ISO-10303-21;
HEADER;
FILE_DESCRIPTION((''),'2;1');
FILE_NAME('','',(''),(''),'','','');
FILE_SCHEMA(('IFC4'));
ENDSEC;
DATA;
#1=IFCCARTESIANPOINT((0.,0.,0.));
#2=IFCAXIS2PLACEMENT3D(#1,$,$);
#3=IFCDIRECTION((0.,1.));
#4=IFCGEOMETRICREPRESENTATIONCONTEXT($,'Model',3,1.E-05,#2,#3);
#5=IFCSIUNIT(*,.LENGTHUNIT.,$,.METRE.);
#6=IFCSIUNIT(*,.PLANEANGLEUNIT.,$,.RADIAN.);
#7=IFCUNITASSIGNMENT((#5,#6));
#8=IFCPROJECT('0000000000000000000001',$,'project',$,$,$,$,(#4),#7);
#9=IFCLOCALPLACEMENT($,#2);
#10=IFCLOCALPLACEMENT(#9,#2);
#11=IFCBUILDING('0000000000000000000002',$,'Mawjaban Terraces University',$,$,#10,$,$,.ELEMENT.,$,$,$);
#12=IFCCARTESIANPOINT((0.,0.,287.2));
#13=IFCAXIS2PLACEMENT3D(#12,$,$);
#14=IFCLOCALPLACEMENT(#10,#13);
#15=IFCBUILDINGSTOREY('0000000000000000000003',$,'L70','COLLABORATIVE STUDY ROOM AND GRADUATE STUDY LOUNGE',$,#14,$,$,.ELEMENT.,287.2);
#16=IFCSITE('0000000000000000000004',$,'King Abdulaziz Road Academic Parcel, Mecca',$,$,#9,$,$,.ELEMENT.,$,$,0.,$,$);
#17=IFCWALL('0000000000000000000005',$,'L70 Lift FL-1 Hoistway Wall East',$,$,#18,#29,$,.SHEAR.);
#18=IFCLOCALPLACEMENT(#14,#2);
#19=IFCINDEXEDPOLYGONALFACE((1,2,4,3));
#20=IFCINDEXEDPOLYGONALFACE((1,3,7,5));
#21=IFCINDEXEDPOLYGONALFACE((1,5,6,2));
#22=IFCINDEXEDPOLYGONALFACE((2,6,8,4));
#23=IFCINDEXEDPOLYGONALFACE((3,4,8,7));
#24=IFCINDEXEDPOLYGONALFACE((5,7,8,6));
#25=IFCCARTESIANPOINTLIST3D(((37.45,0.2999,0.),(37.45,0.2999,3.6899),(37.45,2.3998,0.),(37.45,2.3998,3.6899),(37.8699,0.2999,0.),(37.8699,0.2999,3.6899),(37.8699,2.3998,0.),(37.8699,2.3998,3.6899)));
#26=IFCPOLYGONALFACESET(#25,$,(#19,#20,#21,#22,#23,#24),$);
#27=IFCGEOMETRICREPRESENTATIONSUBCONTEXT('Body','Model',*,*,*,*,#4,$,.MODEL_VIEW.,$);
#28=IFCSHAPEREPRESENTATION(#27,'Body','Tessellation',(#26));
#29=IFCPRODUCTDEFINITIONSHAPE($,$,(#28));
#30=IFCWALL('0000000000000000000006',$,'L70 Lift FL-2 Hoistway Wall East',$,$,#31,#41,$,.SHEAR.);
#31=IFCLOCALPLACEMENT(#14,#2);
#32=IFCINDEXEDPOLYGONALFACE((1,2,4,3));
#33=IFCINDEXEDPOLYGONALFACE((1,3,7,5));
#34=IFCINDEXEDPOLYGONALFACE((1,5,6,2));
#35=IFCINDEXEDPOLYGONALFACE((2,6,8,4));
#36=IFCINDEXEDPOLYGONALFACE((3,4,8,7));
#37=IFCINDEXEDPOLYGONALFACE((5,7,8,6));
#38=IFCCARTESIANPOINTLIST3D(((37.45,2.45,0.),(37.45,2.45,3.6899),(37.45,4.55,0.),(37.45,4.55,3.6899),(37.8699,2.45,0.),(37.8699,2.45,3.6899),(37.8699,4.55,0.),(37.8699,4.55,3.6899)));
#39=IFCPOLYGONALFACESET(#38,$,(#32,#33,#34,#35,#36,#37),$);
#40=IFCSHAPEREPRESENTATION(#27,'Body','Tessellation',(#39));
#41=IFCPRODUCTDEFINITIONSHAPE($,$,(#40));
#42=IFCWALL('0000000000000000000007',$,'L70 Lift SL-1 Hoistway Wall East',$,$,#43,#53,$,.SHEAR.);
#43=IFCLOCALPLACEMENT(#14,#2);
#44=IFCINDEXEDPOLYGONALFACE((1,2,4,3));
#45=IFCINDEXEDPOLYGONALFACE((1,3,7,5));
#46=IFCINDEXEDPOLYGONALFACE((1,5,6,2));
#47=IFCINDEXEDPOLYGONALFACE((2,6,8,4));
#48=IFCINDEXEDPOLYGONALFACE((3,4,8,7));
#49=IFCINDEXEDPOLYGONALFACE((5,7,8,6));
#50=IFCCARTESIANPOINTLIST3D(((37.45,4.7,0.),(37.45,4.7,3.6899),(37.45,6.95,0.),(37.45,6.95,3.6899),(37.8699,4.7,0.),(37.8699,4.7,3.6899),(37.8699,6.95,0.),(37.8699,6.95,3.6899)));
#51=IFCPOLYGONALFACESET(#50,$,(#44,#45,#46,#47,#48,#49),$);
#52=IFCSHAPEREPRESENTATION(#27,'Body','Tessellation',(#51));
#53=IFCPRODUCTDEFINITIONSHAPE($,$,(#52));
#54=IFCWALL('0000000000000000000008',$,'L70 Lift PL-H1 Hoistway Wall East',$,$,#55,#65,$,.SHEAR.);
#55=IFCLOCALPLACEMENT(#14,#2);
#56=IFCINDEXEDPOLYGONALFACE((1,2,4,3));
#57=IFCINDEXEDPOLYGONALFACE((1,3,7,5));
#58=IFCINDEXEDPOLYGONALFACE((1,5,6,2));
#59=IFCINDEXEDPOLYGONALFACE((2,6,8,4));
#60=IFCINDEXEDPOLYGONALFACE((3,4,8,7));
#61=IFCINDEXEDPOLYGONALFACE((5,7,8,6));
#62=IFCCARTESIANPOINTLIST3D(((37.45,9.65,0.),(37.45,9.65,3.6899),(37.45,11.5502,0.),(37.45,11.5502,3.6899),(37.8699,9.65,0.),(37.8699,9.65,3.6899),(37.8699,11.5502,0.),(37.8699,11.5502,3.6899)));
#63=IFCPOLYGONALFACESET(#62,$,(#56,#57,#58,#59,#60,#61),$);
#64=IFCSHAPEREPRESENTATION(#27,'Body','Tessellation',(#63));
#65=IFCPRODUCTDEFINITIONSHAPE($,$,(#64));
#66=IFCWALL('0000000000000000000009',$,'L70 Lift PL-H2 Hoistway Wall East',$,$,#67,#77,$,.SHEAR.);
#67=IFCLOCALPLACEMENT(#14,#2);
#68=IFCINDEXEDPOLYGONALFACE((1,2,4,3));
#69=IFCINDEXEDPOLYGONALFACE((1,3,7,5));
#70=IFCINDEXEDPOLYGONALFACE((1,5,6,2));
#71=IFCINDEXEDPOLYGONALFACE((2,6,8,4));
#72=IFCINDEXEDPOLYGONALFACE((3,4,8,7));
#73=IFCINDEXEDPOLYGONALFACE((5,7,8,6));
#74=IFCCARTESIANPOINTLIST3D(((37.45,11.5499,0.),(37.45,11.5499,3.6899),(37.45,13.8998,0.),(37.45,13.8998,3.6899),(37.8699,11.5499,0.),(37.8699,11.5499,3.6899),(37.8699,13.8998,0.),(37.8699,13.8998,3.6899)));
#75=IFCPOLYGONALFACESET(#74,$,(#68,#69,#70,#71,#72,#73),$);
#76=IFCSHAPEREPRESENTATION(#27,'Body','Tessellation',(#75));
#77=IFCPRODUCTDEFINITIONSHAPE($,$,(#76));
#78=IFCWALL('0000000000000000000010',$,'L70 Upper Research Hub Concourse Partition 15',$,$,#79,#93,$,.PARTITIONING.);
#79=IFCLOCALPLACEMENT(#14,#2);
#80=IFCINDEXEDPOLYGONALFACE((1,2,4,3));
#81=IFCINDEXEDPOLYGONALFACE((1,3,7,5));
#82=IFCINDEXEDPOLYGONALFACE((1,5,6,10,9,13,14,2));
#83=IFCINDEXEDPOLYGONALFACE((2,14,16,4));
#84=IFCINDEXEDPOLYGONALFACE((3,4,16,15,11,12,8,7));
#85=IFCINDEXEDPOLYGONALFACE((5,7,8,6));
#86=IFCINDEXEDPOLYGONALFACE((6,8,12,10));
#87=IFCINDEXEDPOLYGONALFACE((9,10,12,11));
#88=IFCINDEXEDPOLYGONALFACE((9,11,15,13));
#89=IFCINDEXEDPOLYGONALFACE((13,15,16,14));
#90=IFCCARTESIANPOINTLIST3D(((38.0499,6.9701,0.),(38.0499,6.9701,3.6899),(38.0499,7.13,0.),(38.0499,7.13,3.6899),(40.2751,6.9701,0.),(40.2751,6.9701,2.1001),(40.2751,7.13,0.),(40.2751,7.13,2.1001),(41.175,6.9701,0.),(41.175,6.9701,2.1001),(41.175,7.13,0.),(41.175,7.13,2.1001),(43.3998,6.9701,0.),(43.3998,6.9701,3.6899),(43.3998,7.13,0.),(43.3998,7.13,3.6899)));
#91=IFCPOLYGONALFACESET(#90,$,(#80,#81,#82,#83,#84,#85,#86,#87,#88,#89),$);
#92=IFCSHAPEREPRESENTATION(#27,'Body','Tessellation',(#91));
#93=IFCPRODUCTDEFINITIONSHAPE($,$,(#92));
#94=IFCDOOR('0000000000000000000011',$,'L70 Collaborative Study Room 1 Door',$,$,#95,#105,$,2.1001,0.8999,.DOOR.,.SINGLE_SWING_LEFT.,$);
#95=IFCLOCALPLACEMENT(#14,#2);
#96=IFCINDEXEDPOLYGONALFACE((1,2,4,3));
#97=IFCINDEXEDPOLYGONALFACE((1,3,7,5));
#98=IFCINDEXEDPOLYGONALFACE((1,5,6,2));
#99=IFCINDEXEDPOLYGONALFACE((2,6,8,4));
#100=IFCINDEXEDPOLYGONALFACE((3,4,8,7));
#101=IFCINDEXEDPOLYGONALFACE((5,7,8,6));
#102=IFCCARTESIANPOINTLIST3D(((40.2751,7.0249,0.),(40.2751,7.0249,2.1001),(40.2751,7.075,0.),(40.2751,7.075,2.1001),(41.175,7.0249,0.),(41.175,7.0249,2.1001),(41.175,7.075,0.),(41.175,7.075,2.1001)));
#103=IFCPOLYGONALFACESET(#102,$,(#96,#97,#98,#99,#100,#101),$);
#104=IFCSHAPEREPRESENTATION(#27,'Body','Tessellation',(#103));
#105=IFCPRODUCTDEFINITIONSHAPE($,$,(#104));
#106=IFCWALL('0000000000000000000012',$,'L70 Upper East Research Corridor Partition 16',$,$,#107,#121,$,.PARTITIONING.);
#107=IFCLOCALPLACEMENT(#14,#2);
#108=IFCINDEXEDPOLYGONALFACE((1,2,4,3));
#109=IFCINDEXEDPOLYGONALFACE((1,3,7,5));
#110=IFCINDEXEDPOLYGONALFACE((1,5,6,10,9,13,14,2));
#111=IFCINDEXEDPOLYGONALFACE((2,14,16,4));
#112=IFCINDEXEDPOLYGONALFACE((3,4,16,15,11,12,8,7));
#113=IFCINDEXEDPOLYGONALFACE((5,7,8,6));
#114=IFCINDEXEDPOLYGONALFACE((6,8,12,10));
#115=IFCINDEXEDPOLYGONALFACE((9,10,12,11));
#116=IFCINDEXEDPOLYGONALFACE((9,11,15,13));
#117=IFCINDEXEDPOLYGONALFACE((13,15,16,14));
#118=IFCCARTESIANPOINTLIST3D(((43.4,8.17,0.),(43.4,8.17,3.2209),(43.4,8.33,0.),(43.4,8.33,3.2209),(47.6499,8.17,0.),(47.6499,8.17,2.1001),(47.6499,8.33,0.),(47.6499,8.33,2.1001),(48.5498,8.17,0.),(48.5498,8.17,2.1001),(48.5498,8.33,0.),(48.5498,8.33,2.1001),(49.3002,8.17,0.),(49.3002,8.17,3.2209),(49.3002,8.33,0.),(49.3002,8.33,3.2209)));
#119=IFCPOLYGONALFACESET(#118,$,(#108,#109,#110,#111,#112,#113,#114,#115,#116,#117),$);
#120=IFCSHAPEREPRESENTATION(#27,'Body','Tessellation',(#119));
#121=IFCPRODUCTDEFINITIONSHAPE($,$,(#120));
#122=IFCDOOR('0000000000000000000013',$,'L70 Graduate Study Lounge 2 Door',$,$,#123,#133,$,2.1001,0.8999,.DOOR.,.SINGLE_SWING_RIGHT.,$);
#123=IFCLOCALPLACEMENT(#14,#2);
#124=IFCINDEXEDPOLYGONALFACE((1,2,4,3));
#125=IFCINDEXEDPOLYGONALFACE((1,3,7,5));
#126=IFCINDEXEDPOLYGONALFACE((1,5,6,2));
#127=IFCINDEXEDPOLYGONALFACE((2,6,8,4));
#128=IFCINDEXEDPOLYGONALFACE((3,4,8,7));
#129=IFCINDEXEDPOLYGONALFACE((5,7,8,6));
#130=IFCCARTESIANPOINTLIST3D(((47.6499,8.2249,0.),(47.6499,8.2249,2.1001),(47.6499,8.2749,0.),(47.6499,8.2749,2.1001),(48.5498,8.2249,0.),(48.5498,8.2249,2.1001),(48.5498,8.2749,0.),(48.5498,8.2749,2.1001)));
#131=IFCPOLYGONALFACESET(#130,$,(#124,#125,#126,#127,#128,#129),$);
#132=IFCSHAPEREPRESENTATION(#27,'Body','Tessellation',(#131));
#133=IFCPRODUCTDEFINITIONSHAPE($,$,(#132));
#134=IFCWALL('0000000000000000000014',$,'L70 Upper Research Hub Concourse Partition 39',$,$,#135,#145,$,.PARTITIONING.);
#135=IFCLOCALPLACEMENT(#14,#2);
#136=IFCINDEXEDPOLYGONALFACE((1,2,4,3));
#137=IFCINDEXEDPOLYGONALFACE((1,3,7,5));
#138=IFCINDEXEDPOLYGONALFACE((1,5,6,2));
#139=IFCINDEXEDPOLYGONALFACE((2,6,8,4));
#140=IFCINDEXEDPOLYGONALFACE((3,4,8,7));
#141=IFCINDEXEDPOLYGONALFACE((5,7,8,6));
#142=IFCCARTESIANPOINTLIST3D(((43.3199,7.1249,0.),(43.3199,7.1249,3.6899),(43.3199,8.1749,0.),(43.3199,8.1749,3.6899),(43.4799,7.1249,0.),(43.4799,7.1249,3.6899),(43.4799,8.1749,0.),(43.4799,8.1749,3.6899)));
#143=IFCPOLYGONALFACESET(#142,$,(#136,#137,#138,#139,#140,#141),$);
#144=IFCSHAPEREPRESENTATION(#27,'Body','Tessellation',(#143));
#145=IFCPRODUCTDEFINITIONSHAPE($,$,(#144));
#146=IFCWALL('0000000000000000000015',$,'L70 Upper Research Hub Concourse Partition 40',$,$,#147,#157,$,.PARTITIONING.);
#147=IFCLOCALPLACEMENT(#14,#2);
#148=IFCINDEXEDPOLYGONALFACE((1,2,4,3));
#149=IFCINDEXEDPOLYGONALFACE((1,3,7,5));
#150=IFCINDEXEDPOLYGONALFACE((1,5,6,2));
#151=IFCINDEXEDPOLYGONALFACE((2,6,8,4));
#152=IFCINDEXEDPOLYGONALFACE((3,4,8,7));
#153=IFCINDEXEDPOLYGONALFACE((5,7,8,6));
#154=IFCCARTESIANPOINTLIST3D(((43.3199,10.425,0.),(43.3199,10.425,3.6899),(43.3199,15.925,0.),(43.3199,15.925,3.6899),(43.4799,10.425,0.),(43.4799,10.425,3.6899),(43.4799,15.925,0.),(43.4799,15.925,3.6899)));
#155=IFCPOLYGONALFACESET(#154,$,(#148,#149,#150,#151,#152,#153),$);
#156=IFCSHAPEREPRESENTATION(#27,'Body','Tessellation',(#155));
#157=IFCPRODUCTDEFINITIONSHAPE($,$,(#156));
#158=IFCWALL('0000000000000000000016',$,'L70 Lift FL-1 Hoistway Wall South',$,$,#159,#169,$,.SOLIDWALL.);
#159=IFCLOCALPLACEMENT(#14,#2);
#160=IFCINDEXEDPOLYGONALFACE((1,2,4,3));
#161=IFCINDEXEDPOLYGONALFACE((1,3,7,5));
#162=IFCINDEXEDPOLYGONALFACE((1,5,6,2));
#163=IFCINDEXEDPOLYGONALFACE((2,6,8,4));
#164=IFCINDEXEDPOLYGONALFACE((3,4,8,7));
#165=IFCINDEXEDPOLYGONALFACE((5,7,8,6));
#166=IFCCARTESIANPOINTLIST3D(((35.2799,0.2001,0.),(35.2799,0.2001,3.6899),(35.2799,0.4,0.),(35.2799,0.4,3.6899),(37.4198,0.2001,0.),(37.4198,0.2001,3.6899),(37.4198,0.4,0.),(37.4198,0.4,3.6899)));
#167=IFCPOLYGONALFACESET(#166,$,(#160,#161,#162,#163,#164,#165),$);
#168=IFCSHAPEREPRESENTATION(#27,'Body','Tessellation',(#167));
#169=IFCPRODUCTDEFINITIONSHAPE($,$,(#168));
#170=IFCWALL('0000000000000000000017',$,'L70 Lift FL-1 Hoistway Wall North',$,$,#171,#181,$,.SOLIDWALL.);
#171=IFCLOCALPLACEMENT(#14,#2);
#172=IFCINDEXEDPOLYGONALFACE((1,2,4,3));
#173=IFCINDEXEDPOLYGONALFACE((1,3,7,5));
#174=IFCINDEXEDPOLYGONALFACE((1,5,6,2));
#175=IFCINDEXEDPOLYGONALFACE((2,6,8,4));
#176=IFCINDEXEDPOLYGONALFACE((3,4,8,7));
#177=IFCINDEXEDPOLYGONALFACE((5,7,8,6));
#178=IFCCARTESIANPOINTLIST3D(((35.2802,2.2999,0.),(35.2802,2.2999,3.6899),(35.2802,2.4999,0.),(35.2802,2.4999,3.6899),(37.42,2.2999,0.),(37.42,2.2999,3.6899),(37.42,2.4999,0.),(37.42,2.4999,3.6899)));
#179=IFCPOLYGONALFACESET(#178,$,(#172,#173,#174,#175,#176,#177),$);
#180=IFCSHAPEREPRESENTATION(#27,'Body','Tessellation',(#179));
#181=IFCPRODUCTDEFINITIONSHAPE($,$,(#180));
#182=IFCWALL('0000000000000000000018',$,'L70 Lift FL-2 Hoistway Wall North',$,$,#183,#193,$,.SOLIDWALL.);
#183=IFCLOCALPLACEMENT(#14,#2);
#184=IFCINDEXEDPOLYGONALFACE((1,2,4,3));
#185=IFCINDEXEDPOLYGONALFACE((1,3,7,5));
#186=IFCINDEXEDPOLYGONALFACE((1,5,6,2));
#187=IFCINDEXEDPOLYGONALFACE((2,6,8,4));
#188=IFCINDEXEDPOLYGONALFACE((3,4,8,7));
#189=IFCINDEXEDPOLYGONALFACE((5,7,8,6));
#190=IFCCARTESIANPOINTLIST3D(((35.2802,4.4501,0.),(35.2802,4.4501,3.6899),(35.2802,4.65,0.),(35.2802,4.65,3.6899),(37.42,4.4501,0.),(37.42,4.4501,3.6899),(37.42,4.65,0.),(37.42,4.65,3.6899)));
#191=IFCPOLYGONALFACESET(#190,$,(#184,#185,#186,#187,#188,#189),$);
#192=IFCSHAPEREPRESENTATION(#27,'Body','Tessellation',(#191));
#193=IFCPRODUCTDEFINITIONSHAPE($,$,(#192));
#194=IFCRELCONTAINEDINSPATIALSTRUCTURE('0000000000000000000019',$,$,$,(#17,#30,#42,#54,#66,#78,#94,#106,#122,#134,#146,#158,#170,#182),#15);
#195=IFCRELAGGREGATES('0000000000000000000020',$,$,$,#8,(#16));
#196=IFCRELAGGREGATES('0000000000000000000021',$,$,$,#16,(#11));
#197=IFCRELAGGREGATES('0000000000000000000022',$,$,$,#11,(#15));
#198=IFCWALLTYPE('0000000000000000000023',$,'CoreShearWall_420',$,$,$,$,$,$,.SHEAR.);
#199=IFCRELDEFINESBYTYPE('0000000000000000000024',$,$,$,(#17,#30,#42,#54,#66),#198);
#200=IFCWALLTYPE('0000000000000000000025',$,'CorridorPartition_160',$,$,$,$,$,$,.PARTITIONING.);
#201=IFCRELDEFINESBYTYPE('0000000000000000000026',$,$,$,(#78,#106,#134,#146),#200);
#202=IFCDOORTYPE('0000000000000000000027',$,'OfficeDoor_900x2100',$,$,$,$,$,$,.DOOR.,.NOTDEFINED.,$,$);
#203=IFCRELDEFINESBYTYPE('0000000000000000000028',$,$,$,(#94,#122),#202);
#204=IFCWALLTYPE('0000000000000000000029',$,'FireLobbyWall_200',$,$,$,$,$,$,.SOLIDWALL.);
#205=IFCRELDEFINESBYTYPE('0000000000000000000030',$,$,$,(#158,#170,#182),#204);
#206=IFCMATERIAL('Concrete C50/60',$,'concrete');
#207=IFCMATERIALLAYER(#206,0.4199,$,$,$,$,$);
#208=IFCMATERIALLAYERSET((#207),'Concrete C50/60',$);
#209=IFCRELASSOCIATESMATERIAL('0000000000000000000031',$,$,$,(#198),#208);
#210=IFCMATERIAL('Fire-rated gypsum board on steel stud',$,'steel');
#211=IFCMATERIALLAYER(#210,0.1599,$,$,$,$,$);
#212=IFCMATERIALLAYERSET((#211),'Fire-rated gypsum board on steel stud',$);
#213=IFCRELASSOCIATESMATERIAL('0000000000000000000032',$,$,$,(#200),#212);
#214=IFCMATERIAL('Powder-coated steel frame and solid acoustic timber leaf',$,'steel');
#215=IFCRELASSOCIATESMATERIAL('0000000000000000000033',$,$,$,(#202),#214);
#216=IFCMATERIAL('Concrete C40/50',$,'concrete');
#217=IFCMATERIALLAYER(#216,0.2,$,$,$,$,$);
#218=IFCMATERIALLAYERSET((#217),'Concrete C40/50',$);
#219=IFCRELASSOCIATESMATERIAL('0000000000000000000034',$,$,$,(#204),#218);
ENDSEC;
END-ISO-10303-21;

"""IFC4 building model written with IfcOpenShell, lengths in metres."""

from ifc_helpers import new_model, si_unit, direction, frame, frame_2d, origin, place, context, subcontext, project, spatial, rectangle, extrude, material, layer, layer_set, type_object, element, fill, save


model = new_model("IFC4")

# Units and contexts
model_context = context("Model", 3, precision=1e-05, world=origin(), true_north=direction((0.0, 1.0)))
body_context = subcontext(model_context, "Body", "Model", "MODEL_VIEW")
ifc_project = project(units=[si_unit("LENGTHUNIT", "METRE"), si_unit("PLANEANGLEUNIT", "RADIAN")], contexts=[model_context])

# Site, building, storey
site_placement = place(None, origin())
site = spatial("IfcSite", under=ifc_project, at=site_placement, Name="King Abdulaziz Road Academic Parcel, Mecca", CompositionType="ELEMENT", RefElevation=0.0)
building_placement = place(site_placement, origin())
building = spatial("IfcBuilding", under=site, at=building_placement, Name="Mawjaban Terraces University", CompositionType="ELEMENT")
storey_placement = place(building_placement, frame((0.0, 0.0, 287.2)))
storey = spatial("IfcBuildingStorey", under=building, at=storey_placement, Name="L70", Description="COLLABORATIVE STUDY ROOM AND GRADUATE STUDY LOUNGE", CompositionType="ELEMENT", Elevation=287.2)

# Shared definitions
ifc_material_1 = material(Name="Concrete C50/60", Category="concrete")

# Walls
ifc_layer_1 = layer(ifc_material_1, 0.4199)
ifc_layer_set_1 = layer_set([ifc_layer_1], Name="Concrete C50/60")
wall_type_1 = type_object("IfcWallType", Name="CoreShearWall_420", PredefinedType="SHEAR", material=ifc_layer_set_1)
wall_1_placement = place(storey_placement, frame((37.6599, 0.3, 0.0), z_axis=(0.0, 0.0, 1.0), x_axis=(0.0, 1.0, 0.0)))
element("IfcWall", 1, at=wall_1_placement, inside=storey, type_object=wall_type_1, Name="L70 Lift FL-1 Hoistway Wall East", PredefinedType="SHEAR", context=body_context, shape_type="SweptSolid", body=[
    extrude(rectangle(XDim=2.0999, YDim=0.4199, at=frame_2d((1.0498, 0.0))), origin(), (0.0, 0.0, 1.0), 3.6899),
])
wall_2_placement = place(storey_placement, frame((37.6599, 2.45, 0.0), z_axis=(0.0, 0.0, 1.0), x_axis=(0.0, 1.0, 0.0)))
element("IfcWall", 2, at=wall_2_placement, inside=storey, type_object=wall_type_1, Name="L70 Lift FL-2 Hoistway Wall East", PredefinedType="SHEAR", context=body_context, shape_type="SweptSolid", body=[
    extrude(rectangle(XDim=2.1001, YDim=0.4199, at=frame_2d((1.05, 0.0))), origin(), (0.0, 0.0, 1.0), 3.6899),
])
wall_3_placement = place(storey_placement, frame((37.6599, 4.7, 0.0), z_axis=(0.0, 0.0, 1.0), x_axis=(0.0, 1.0, 0.0)))
element("IfcWall", 3, at=wall_3_placement, inside=storey, type_object=wall_type_1, Name="L70 Lift SL-1 Hoistway Wall East", PredefinedType="SHEAR", context=body_context, shape_type="SweptSolid", body=[
    extrude(rectangle(XDim=2.25, YDim=0.4199, at=frame_2d((1.125, 0.0))), origin(), (0.0, 0.0, 1.0), 3.6899),
])
wall_4_placement = place(storey_placement, frame((37.6599, 9.6499, 0.0), z_axis=(0.0, 0.0, 1.0), x_axis=(0.0, 1.0, 0.0)))
element("IfcWall", 4, at=wall_4_placement, inside=storey, type_object=wall_type_1, Name="L70 Lift PL-H1 Hoistway Wall East", PredefinedType="SHEAR", context=body_context, shape_type="SweptSolid", body=[
    extrude(rectangle(XDim=1.9001, YDim=0.4199, at=frame_2d((0.9502, 0.0))), origin(), (0.0, 0.0, 1.0), 3.6899),
])
wall_5_placement = place(storey_placement, frame((37.6599, 11.55, 0.0), z_axis=(0.0, 0.0, 1.0), x_axis=(0.0, 1.0, 0.0)))
element("IfcWall", 5, at=wall_5_placement, inside=storey, type_object=wall_type_1, Name="L70 Lift PL-H2 Hoistway Wall East", PredefinedType="SHEAR", context=body_context, shape_type="SweptSolid", body=[
    extrude(rectangle(XDim=2.3499, YDim=0.4199, at=frame_2d((1.1748, 0.0))), origin(), (0.0, 0.0, 1.0), 3.6899),
])

# Walls, openings, doors
ifc_material_2 = material(Name="Fire-rated gypsum board on steel stud", Category="steel")
ifc_layer_2 = layer(ifc_material_2, 0.1599)
ifc_layer_set_2 = layer_set([ifc_layer_2], Name="Fire-rated gypsum board on steel stud")
wall_type_2 = type_object("IfcWallType", Name="CorridorPartition_160", PredefinedType="PARTITIONING", material=ifc_layer_set_2)
wall_6_placement = place(storey_placement, frame((38.05, 7.05, 0.0), z_axis=(0.0, 0.0, 1.0), x_axis=(1.0, 0.0, 0.0)))
wall_6 = element("IfcWall", 6, at=wall_6_placement, inside=storey, type_object=wall_type_2, Name="L70 Upper Research Hub Concourse Partition 15", PredefinedType="PARTITIONING", context=body_context, shape_type="SweptSolid", body=[
    extrude(rectangle(XDim=5.3499, YDim=0.1599, at=frame_2d((2.6748, 0.0))), origin(), (0.0, 0.0, 1.0), 3.6899),
])
opening_1_placement = place(wall_6_placement, frame((2.2251, 0.0, 0.0)))
opening_1 = element("IfcOpeningElement", 7, at=opening_1_placement, cuts=wall_6, PredefinedType="OPENING", context=body_context, shape_type="SweptSolid", body=[
    extrude(rectangle(XDim=0.8999, YDim=2.1001, at=frame_2d((0.45, 1.05))), frame((0.0, 0.0898, 0.0), z_axis=(0.0, -1.0, 0.0), x_axis=(1.0, 0.0, 0.0)), (0.0, 0.0, 1.0), 0.1799),
])
ifc_material_3 = material(Name="Powder-coated steel frame and solid acoustic timber leaf", Category="steel")
door_type = type_object("IfcDoorType", Name="OfficeDoor_900x2100", OperationType="NOTDEFINED", PredefinedType="DOOR", material=ifc_material_3)
door_1_placement = place(opening_1_placement, origin())
door_1 = element("IfcDoor", 8, at=door_1_placement, inside=storey, type_object=door_type, Name="L70 Collaborative Study Room 1 Door", OperationType="SINGLE_SWING_LEFT", OverallHeight=2.1001, OverallWidth=0.8999, PredefinedType="DOOR", context=body_context, shape_type="SweptSolid", body=[
    extrude(rectangle(XDim=0.8999, YDim=2.1001, at=frame_2d((0.45, 1.05))), frame((0.0, 0.0249, 0.0), z_axis=(0.0, -1.0, 0.0), x_axis=(1.0, 0.0, 0.0)), (0.0, 0.0, 1.0), 0.05),
])
fill(opening_1, door_1)
wall_7_placement = place(storey_placement, frame((43.3999, 8.25, 0.0), z_axis=(0.0, 0.0, 1.0), x_axis=(1.0, 0.0, 0.0)))
wall_7 = element("IfcWall", 9, at=wall_7_placement, inside=storey, type_object=wall_type_2, Name="L70 Upper East Research Corridor Partition 16", PredefinedType="PARTITIONING", context=body_context, shape_type="SweptSolid", body=[
    extrude(rectangle(XDim=5.9001, YDim=0.1599, at=frame_2d((2.9502, 0.0))), origin(), (0.0, 0.0, 1.0), 3.2209),
])
opening_2_placement = place(wall_7_placement, frame((4.25, 0.0, 0.0)))
opening_2 = element("IfcOpeningElement", 10, at=opening_2_placement, cuts=wall_7, PredefinedType="OPENING", context=body_context, shape_type="SweptSolid", body=[
    extrude(rectangle(XDim=0.8999, YDim=2.1001, at=frame_2d((0.45, 1.05))), frame((0.0, 0.0898, 0.0), z_axis=(0.0, -1.0, 0.0), x_axis=(1.0, 0.0, 0.0)), (0.0, 0.0, 1.0), 0.1799),
])
door_2_placement = place(opening_2_placement, origin())
door_2 = element("IfcDoor", 11, at=door_2_placement, inside=storey, type_object=door_type, Name="L70 Graduate Study Lounge 2 Door", OperationType="SINGLE_SWING_RIGHT", OverallHeight=2.1001, OverallWidth=0.8999, PredefinedType="DOOR", context=body_context, shape_type="SweptSolid", body=[
    extrude(rectangle(XDim=0.8999, YDim=2.1001, at=frame_2d((0.45, 1.05))), frame((0.0, 0.0249, 0.0), z_axis=(0.0, -1.0, 0.0), x_axis=(1.0, 0.0, 0.0)), (0.0, 0.0, 1.0), 0.05),
])
fill(opening_2, door_2)

# Walls
wall_8_placement = place(storey_placement, frame((43.3999, 7.125, 0.0), z_axis=(0.0, 0.0, 1.0), x_axis=(0.0, 1.0, 0.0)))
element("IfcWall", 12, at=wall_8_placement, inside=storey, type_object=wall_type_2, Name="L70 Upper Research Hub Concourse Partition 39", PredefinedType="PARTITIONING", context=body_context, shape_type="SweptSolid", body=[
    extrude(rectangle(XDim=1.05, YDim=0.1599, at=frame_2d((0.5249, 0.0))), origin(), (0.0, 0.0, 1.0), 3.6899),
])
wall_9_placement = place(storey_placement, frame((43.3999, 10.425, 0.0), z_axis=(0.0, 0.0, 1.0), x_axis=(0.0, 1.0, 0.0)))
element("IfcWall", 13, at=wall_9_placement, inside=storey, type_object=wall_type_2, Name="L70 Upper Research Hub Concourse Partition 40", PredefinedType="PARTITIONING", context=body_context, shape_type="SweptSolid", body=[
    extrude(rectangle(XDim=5.5, YDim=0.1599, at=frame_2d((2.75, 0.0))), origin(), (0.0, 0.0, 1.0), 3.6899),
])
ifc_material_4 = material(Name="Concrete C40/50", Category="concrete")
ifc_layer_3 = layer(ifc_material_4, 0.2)
ifc_layer_set_3 = layer_set([ifc_layer_3], Name="Concrete C40/50")
wall_type_3 = type_object("IfcWallType", Name="FireLobbyWall_200", PredefinedType="SOLIDWALL", material=ifc_layer_set_3)
for number, where, z_axis, x_axis, name in (
    (14, (35.28, 0.3, 0.0), (0.0, 0.0, 1.0), (1.0, 0.0, 0.0), "L70 Lift FL-1 Hoistway Wall South"),
    (15, (37.4199, 2.3999, 0.0), (0.0, 0.0, 1.0), (-1.0, 0.0, 0.0), "L70 Lift FL-1 Hoistway Wall North"),
    (16, (37.4199, 4.55, 0.0), (0.0, 0.0, 1.0), (-1.0, 0.0, 0.0), "L70 Lift FL-2 Hoistway Wall North"),
):
    element("IfcWall", number, at=place(storey_placement, frame(where, z_axis=z_axis, x_axis=x_axis)), inside=storey, type_object=wall_type_3, Name=name, PredefinedType="SOLIDWALL", context=body_context, shape_type="SweptSolid", body=[
        extrude(rectangle(XDim=2.1399, YDim=0.2, at=frame_2d((1.0698, 0.0))), origin(), (0.0, 0.0, 1.0), 3.6899),
    ])

save(model, "model.ifc")
